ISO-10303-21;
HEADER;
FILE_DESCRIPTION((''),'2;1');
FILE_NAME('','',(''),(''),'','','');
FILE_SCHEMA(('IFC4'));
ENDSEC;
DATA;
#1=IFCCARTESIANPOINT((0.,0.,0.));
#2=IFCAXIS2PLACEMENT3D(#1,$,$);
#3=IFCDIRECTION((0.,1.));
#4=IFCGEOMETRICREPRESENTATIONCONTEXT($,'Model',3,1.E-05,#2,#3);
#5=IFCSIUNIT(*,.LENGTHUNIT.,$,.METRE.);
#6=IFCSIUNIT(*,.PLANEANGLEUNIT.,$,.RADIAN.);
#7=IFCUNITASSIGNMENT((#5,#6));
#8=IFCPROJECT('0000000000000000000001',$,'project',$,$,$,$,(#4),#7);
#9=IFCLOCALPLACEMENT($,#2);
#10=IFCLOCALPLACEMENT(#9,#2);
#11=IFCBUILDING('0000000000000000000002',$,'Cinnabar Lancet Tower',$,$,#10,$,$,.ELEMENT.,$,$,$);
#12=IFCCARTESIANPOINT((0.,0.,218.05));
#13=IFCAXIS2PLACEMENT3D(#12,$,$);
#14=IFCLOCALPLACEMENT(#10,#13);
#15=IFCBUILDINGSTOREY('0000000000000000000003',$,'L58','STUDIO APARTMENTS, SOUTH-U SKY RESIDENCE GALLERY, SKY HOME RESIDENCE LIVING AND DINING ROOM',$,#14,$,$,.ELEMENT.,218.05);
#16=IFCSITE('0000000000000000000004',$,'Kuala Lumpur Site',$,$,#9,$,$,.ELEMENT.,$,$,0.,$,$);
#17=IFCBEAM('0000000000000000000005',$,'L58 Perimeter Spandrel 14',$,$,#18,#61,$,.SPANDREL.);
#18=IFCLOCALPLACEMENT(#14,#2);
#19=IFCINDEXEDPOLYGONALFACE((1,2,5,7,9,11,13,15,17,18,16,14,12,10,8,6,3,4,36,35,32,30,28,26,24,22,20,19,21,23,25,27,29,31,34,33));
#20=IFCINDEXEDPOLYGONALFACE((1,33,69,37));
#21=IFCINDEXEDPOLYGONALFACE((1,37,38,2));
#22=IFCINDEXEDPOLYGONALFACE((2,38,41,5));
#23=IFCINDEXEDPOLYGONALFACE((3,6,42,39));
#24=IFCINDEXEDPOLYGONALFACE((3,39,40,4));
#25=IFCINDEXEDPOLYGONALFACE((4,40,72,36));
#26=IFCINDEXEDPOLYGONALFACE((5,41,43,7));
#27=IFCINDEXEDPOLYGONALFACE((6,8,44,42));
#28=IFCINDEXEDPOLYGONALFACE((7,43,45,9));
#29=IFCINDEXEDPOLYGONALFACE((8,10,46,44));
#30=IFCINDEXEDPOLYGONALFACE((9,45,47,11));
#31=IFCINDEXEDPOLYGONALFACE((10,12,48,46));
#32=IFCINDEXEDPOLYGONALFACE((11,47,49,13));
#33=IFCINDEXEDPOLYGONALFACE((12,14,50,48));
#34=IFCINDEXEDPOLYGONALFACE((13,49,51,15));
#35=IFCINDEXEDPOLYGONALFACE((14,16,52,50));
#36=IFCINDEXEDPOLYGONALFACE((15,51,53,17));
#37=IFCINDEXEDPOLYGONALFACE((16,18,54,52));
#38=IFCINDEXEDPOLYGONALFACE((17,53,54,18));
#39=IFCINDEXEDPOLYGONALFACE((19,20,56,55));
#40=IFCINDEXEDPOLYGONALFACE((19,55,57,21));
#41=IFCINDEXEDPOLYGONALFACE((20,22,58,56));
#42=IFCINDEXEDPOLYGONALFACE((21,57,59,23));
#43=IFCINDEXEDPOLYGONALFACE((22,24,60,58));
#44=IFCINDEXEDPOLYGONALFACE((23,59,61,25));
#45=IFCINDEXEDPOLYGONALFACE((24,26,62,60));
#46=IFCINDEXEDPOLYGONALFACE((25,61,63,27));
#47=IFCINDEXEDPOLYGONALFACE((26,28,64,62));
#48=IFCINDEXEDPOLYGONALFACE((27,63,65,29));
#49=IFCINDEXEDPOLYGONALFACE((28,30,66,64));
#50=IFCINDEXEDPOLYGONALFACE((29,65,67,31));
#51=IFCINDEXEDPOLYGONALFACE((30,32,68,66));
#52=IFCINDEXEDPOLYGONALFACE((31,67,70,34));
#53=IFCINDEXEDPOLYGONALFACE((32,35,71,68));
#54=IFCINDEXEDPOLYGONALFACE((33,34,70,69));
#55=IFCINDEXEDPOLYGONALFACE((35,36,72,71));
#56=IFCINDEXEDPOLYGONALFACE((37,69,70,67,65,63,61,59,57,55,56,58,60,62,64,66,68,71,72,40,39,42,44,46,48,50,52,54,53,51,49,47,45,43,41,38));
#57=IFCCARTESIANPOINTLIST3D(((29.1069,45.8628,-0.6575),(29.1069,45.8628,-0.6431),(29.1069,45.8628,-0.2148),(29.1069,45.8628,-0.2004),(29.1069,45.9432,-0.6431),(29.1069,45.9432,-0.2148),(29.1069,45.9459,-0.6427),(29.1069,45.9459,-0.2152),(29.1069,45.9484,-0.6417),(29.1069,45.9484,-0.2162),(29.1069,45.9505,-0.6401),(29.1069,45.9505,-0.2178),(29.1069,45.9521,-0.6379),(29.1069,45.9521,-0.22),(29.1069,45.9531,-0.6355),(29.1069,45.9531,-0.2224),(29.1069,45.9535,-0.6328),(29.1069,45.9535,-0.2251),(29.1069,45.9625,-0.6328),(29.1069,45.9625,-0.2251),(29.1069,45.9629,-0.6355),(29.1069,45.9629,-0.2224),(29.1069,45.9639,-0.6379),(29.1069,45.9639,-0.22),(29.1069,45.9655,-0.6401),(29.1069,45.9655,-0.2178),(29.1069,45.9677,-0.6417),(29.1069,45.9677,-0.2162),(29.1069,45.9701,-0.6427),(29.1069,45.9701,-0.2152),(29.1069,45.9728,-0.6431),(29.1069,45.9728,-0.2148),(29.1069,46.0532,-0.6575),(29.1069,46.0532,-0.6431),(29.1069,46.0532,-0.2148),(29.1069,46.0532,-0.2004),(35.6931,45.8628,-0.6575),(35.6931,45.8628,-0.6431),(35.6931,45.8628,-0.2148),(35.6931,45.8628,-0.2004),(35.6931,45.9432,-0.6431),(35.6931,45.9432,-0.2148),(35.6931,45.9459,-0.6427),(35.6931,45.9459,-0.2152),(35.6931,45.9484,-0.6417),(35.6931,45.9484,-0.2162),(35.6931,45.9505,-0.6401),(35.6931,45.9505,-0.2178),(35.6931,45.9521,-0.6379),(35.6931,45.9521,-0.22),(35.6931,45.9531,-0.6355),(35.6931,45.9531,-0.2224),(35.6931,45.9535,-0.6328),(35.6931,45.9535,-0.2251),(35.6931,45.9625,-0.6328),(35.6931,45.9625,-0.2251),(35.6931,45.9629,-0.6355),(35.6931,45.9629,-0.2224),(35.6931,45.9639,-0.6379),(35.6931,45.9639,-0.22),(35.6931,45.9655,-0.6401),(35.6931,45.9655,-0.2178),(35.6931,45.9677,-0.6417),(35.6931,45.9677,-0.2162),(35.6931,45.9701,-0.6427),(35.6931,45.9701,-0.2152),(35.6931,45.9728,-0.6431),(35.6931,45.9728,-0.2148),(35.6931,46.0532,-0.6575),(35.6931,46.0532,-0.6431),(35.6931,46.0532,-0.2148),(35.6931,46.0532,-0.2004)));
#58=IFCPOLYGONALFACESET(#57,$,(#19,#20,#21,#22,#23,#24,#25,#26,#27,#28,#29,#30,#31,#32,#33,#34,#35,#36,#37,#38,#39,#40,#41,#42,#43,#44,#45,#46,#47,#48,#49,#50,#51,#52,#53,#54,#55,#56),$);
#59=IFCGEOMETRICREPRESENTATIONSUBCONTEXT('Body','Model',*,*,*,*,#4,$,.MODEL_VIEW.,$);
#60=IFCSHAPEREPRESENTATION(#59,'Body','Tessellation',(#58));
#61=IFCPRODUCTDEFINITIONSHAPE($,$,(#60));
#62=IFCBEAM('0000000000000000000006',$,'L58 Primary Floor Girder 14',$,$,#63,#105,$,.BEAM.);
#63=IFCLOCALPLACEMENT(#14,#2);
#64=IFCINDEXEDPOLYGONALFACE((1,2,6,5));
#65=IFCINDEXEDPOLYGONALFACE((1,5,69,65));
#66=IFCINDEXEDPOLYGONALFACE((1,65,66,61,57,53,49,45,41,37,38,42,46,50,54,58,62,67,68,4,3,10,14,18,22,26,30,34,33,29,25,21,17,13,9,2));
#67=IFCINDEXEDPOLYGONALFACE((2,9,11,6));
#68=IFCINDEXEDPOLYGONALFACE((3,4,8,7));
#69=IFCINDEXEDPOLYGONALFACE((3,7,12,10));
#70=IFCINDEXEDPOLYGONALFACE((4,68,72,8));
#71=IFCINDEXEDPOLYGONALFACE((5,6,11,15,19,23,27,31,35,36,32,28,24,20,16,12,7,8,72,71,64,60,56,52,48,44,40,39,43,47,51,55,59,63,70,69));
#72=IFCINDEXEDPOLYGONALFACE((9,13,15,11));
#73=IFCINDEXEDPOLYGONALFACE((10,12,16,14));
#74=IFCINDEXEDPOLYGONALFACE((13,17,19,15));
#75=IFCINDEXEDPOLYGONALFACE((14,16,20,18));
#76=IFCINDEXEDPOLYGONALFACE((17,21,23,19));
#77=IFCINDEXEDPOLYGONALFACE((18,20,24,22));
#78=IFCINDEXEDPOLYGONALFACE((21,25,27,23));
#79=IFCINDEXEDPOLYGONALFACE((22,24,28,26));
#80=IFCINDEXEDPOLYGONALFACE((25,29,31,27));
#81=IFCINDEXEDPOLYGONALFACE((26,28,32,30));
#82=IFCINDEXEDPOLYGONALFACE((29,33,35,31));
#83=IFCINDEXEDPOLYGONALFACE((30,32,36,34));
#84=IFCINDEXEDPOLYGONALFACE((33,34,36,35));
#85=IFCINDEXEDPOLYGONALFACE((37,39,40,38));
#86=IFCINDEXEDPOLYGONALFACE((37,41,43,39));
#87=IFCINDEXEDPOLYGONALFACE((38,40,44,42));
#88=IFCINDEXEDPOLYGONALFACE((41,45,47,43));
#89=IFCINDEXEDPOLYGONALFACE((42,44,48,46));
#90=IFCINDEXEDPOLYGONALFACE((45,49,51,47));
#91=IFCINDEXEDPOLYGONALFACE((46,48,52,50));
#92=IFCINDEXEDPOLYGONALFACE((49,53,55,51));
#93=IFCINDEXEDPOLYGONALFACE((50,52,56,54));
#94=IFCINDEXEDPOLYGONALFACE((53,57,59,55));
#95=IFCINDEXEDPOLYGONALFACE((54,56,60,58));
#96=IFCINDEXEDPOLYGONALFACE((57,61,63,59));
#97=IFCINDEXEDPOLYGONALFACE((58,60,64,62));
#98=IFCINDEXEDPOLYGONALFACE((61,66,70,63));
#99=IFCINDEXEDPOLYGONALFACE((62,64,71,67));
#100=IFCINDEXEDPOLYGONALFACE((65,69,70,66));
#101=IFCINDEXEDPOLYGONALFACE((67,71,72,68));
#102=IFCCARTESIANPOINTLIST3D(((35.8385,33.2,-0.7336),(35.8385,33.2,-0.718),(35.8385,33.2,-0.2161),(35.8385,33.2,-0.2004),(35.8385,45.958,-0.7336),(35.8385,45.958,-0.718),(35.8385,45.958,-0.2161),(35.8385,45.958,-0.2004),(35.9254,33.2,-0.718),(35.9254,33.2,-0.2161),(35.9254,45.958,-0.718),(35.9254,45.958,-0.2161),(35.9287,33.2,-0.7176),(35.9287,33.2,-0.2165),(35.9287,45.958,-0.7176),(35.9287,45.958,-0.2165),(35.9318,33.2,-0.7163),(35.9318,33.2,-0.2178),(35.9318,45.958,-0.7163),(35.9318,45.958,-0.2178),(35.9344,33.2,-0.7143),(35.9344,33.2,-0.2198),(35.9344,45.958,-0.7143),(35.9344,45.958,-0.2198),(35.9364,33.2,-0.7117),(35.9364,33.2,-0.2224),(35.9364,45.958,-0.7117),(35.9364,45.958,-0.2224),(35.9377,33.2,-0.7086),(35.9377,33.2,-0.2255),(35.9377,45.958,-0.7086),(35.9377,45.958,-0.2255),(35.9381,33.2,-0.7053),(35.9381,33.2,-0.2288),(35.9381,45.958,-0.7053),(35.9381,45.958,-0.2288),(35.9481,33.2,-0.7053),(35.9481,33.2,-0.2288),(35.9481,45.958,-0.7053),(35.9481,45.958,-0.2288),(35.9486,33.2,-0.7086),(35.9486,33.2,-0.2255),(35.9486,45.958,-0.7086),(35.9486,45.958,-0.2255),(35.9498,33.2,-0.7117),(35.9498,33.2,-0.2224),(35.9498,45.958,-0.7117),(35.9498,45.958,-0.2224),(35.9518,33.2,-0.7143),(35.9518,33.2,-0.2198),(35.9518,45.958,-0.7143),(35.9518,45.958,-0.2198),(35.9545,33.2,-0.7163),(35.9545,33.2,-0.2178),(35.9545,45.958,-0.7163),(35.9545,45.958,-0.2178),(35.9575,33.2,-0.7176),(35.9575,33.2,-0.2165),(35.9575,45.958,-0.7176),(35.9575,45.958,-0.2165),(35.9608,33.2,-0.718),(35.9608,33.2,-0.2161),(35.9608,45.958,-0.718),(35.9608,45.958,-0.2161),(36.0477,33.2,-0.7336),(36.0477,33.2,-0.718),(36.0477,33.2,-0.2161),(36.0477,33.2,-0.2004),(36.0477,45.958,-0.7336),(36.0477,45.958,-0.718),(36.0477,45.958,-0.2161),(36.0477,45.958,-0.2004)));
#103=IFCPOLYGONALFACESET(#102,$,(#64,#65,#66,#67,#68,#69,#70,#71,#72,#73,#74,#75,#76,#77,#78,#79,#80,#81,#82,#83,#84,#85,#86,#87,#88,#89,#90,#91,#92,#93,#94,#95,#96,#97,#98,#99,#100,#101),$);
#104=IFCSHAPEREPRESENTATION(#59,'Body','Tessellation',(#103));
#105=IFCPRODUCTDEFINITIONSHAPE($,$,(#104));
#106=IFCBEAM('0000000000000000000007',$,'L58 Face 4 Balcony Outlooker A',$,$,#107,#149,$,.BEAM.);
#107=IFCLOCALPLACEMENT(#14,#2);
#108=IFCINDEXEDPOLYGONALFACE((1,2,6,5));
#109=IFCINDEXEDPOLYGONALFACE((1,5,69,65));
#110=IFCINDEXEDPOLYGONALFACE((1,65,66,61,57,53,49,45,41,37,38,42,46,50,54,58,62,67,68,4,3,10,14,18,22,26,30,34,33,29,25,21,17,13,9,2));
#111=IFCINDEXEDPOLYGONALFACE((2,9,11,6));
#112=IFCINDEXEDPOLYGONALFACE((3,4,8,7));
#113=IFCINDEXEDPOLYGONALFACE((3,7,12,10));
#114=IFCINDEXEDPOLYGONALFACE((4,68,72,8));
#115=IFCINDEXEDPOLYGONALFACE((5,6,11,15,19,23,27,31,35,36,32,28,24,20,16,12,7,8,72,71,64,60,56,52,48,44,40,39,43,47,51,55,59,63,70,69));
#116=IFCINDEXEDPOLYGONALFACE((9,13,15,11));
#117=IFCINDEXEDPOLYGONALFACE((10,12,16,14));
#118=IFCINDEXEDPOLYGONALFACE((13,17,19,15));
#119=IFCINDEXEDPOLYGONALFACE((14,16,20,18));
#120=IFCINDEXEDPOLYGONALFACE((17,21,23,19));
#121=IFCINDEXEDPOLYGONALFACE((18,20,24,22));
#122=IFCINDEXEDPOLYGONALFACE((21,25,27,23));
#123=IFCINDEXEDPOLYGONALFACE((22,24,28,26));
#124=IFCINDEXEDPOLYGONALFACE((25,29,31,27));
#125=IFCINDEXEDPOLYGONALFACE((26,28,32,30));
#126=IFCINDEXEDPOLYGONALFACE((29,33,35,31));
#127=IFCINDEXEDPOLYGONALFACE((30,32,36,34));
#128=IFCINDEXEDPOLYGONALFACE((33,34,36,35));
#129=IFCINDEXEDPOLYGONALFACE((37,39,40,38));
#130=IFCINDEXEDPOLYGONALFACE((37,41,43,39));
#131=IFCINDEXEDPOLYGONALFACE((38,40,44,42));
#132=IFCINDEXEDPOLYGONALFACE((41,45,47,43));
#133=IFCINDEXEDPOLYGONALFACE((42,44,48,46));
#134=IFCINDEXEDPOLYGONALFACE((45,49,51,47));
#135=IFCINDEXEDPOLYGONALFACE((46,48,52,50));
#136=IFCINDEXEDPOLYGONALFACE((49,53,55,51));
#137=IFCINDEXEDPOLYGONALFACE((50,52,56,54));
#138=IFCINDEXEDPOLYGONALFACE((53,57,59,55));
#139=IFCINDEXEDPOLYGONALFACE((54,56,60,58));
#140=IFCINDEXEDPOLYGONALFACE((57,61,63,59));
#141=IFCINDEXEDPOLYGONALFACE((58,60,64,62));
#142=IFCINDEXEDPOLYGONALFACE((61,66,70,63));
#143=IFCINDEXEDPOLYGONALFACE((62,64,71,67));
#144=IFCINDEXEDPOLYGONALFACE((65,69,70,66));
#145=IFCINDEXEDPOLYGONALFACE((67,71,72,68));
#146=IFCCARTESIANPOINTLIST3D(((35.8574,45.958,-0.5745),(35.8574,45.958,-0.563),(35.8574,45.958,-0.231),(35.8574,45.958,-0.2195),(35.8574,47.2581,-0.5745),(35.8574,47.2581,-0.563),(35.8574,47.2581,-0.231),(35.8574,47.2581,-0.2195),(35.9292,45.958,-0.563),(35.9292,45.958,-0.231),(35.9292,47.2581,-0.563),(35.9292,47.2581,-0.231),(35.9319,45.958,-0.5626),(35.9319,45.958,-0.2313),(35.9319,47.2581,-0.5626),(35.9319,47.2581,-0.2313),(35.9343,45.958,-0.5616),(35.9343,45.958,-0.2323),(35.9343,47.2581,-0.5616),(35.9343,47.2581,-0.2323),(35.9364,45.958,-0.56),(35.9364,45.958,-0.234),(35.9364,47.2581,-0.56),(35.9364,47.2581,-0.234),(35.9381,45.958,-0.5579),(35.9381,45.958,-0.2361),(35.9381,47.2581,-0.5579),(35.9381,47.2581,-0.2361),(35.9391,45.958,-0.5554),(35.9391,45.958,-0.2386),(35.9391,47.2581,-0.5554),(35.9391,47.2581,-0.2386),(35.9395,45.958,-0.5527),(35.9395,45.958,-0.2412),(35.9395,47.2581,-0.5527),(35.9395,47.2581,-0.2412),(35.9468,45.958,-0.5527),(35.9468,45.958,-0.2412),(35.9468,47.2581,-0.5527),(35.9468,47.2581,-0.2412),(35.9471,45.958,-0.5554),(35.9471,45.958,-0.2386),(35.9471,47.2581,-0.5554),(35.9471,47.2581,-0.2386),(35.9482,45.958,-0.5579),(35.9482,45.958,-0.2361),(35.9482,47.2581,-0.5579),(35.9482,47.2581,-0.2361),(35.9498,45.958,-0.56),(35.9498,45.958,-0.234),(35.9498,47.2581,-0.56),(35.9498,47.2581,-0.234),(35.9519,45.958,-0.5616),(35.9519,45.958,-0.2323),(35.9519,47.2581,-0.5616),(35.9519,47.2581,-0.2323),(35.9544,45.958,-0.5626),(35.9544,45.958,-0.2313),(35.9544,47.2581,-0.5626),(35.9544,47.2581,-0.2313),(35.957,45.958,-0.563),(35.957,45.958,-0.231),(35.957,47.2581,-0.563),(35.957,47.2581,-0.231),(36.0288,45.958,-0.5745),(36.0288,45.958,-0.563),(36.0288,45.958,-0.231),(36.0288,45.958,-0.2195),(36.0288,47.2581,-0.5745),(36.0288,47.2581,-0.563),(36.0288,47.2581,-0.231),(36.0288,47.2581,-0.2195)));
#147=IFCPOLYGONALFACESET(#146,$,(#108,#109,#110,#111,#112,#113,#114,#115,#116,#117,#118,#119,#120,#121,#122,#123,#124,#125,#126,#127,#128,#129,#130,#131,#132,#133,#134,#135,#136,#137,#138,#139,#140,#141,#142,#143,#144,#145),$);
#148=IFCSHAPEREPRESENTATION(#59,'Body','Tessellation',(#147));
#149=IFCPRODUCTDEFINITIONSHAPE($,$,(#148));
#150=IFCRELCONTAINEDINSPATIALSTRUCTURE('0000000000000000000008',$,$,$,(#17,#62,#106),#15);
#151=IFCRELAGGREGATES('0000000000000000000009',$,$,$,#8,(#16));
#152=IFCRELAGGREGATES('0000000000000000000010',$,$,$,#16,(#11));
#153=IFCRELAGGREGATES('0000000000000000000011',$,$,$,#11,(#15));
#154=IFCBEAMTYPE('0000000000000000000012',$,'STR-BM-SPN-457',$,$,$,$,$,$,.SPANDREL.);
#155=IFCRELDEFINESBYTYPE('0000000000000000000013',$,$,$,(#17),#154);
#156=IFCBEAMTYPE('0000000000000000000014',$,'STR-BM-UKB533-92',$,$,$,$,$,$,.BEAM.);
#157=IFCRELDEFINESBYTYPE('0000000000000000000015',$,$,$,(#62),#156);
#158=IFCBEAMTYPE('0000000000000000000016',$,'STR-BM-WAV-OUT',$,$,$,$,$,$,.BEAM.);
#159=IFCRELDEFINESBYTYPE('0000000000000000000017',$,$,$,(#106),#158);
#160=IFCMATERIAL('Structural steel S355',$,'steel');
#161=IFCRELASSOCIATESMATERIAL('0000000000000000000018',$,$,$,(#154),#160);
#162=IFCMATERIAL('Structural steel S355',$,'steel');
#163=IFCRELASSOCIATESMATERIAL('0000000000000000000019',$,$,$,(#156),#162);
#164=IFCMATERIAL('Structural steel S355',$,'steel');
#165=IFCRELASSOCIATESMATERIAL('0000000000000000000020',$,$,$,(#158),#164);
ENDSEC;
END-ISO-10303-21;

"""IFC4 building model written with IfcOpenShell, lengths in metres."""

from ifc_helpers import new_model, si_unit, direction, frame, origin, origin_2d, place, context, subcontext, project, spatial, i_section, extrude, material, material_profile, profile_set, type_object, element, save


model = new_model("IFC4")

# Units and contexts
model_context = context("Model", 3, precision=1e-05, world=origin(), true_north=direction((0.0, 1.0)))
body_context = subcontext(model_context, "Body", "Model", "MODEL_VIEW")
ifc_project = project(units=[si_unit("LENGTHUNIT", "METRE"), si_unit("PLANEANGLEUNIT", "RADIAN")], contexts=[model_context])

# Site, building, storey
site_placement = place(None, origin())
site = spatial("IfcSite", under=ifc_project, at=site_placement, Name="Kuala Lumpur Site", CompositionType="ELEMENT", RefElevation=0.0)
building_placement = place(site_placement, origin())
building = spatial("IfcBuilding", under=site, at=building_placement, Name="Cinnabar Lancet Tower", CompositionType="ELEMENT")
storey_placement = place(building_placement, frame((0.0, 0.0, 218.05)))
storey = spatial("IfcBuildingStorey", under=building, at=storey_placement, Name="L58", Description="STUDIO APARTMENTS, SOUTH-U SKY RESIDENCE GALLERY, SKY HOME RESIDENCE LIVING AND DINING ROOM", CompositionType="ELEMENT", Elevation=218.05)

# Beams
ifc_material_1 = material(Name="Structural steel S355", Category="steel")
ifc_material_profile_1 = material_profile(ifc_material_1, i_section(OverallWidth=0.1904, OverallDepth=0.457, WebThickness=0.009, FlangeThickness=0.0144, FilletRadius=0.0103, at=origin_2d()), Name="UKB 457x191x74")
ifc_profile_set_1 = profile_set([ifc_material_profile_1], Name="Structural steel S355")
beam_type_1 = type_object("IfcBeamType", Name="STR-BM-SPN-457", PredefinedType="SPANDREL", material=ifc_profile_set_1)
beam_1_placement = place(storey_placement, frame((35.6931, 45.958, -0.429), z_axis=(-1.0, 0.0, 0.0), x_axis=(0.0, -1.0, 0.0)))
element("IfcBeam", 1, at=beam_1_placement, inside=storey, type_object=beam_type_1, Name="L58 Perimeter Spandrel 14", PredefinedType="SPANDREL", context=body_context, shape_type="SweptSolid", body=[
    extrude(i_section(OverallWidth=0.1904, OverallDepth=0.457, WebThickness=0.009, FlangeThickness=0.0144, FilletRadius=0.0103, at=origin_2d()), origin(), (0.0, 0.0, 1.0), 6.5862),
])
ifc_material_2 = material(Name="Structural steel S355", Category="steel")
ifc_material_profile_2 = material_profile(ifc_material_2, i_section(OverallWidth=0.2092, OverallDepth=0.5332, WebThickness=0.01, FlangeThickness=0.0156, FilletRadius=0.0127, at=origin_2d()), Name="UKB 533x210x92")
ifc_profile_set_2 = profile_set([ifc_material_profile_2], Name="Structural steel S355")
beam_type_2 = type_object("IfcBeamType", Name="STR-BM-UKB533-92", PredefinedType="BEAM", material=ifc_profile_set_2)
beam_2_placement = place(storey_placement, frame((35.9431, 45.958, -0.467), z_axis=(0.0, -1.0, 0.0), x_axis=(1.0, 0.0, 0.0)))
element("IfcBeam", 2, at=beam_2_placement, inside=storey, type_object=beam_type_2, Name="L58 Primary Floor Girder 14", PredefinedType="BEAM", context=body_context, shape_type="SweptSolid", body=[
    extrude(i_section(OverallWidth=0.2092, OverallDepth=0.5332, WebThickness=0.01, FlangeThickness=0.0156, FilletRadius=0.0127, at=origin_2d()), origin(), (0.0, 0.0, 1.0), 12.7581),
])
ifc_material_3 = material(Name="Structural steel S355", Category="steel")
ifc_material_profile_3 = material_profile(ifc_material_3, i_section(OverallWidth=0.1714, OverallDepth=0.355, WebThickness=0.0073, FlangeThickness=0.0115, FilletRadius=0.0103, at=origin_2d()), Name="UKB 356x171x51")
ifc_profile_set_3 = profile_set([ifc_material_profile_3], Name="Structural steel S355")
beam_type_3 = type_object("IfcBeamType", Name="STR-BM-WAV-OUT", PredefinedType="BEAM", material=ifc_profile_set_3)
beam_3_placement = place(storey_placement, frame((35.9431, 45.958, -0.397), z_axis=(0.0, 1.0, 0.0), x_axis=(-1.0, 0.0, 0.0)))
element("IfcBeam", 3, at=beam_3_placement, inside=storey, type_object=beam_type_3, Name="L58 Face 4 Balcony Outlooker A", PredefinedType="BEAM", context=body_context, shape_type="SweptSolid", body=[
    extrude(i_section(OverallWidth=0.1714, OverallDepth=0.355, WebThickness=0.0073, FlangeThickness=0.0115, FilletRadius=0.0103, at=origin_2d()), origin(), (0.0, 0.0, 1.0), 1.3),
])

save(model, "model.ifc")
